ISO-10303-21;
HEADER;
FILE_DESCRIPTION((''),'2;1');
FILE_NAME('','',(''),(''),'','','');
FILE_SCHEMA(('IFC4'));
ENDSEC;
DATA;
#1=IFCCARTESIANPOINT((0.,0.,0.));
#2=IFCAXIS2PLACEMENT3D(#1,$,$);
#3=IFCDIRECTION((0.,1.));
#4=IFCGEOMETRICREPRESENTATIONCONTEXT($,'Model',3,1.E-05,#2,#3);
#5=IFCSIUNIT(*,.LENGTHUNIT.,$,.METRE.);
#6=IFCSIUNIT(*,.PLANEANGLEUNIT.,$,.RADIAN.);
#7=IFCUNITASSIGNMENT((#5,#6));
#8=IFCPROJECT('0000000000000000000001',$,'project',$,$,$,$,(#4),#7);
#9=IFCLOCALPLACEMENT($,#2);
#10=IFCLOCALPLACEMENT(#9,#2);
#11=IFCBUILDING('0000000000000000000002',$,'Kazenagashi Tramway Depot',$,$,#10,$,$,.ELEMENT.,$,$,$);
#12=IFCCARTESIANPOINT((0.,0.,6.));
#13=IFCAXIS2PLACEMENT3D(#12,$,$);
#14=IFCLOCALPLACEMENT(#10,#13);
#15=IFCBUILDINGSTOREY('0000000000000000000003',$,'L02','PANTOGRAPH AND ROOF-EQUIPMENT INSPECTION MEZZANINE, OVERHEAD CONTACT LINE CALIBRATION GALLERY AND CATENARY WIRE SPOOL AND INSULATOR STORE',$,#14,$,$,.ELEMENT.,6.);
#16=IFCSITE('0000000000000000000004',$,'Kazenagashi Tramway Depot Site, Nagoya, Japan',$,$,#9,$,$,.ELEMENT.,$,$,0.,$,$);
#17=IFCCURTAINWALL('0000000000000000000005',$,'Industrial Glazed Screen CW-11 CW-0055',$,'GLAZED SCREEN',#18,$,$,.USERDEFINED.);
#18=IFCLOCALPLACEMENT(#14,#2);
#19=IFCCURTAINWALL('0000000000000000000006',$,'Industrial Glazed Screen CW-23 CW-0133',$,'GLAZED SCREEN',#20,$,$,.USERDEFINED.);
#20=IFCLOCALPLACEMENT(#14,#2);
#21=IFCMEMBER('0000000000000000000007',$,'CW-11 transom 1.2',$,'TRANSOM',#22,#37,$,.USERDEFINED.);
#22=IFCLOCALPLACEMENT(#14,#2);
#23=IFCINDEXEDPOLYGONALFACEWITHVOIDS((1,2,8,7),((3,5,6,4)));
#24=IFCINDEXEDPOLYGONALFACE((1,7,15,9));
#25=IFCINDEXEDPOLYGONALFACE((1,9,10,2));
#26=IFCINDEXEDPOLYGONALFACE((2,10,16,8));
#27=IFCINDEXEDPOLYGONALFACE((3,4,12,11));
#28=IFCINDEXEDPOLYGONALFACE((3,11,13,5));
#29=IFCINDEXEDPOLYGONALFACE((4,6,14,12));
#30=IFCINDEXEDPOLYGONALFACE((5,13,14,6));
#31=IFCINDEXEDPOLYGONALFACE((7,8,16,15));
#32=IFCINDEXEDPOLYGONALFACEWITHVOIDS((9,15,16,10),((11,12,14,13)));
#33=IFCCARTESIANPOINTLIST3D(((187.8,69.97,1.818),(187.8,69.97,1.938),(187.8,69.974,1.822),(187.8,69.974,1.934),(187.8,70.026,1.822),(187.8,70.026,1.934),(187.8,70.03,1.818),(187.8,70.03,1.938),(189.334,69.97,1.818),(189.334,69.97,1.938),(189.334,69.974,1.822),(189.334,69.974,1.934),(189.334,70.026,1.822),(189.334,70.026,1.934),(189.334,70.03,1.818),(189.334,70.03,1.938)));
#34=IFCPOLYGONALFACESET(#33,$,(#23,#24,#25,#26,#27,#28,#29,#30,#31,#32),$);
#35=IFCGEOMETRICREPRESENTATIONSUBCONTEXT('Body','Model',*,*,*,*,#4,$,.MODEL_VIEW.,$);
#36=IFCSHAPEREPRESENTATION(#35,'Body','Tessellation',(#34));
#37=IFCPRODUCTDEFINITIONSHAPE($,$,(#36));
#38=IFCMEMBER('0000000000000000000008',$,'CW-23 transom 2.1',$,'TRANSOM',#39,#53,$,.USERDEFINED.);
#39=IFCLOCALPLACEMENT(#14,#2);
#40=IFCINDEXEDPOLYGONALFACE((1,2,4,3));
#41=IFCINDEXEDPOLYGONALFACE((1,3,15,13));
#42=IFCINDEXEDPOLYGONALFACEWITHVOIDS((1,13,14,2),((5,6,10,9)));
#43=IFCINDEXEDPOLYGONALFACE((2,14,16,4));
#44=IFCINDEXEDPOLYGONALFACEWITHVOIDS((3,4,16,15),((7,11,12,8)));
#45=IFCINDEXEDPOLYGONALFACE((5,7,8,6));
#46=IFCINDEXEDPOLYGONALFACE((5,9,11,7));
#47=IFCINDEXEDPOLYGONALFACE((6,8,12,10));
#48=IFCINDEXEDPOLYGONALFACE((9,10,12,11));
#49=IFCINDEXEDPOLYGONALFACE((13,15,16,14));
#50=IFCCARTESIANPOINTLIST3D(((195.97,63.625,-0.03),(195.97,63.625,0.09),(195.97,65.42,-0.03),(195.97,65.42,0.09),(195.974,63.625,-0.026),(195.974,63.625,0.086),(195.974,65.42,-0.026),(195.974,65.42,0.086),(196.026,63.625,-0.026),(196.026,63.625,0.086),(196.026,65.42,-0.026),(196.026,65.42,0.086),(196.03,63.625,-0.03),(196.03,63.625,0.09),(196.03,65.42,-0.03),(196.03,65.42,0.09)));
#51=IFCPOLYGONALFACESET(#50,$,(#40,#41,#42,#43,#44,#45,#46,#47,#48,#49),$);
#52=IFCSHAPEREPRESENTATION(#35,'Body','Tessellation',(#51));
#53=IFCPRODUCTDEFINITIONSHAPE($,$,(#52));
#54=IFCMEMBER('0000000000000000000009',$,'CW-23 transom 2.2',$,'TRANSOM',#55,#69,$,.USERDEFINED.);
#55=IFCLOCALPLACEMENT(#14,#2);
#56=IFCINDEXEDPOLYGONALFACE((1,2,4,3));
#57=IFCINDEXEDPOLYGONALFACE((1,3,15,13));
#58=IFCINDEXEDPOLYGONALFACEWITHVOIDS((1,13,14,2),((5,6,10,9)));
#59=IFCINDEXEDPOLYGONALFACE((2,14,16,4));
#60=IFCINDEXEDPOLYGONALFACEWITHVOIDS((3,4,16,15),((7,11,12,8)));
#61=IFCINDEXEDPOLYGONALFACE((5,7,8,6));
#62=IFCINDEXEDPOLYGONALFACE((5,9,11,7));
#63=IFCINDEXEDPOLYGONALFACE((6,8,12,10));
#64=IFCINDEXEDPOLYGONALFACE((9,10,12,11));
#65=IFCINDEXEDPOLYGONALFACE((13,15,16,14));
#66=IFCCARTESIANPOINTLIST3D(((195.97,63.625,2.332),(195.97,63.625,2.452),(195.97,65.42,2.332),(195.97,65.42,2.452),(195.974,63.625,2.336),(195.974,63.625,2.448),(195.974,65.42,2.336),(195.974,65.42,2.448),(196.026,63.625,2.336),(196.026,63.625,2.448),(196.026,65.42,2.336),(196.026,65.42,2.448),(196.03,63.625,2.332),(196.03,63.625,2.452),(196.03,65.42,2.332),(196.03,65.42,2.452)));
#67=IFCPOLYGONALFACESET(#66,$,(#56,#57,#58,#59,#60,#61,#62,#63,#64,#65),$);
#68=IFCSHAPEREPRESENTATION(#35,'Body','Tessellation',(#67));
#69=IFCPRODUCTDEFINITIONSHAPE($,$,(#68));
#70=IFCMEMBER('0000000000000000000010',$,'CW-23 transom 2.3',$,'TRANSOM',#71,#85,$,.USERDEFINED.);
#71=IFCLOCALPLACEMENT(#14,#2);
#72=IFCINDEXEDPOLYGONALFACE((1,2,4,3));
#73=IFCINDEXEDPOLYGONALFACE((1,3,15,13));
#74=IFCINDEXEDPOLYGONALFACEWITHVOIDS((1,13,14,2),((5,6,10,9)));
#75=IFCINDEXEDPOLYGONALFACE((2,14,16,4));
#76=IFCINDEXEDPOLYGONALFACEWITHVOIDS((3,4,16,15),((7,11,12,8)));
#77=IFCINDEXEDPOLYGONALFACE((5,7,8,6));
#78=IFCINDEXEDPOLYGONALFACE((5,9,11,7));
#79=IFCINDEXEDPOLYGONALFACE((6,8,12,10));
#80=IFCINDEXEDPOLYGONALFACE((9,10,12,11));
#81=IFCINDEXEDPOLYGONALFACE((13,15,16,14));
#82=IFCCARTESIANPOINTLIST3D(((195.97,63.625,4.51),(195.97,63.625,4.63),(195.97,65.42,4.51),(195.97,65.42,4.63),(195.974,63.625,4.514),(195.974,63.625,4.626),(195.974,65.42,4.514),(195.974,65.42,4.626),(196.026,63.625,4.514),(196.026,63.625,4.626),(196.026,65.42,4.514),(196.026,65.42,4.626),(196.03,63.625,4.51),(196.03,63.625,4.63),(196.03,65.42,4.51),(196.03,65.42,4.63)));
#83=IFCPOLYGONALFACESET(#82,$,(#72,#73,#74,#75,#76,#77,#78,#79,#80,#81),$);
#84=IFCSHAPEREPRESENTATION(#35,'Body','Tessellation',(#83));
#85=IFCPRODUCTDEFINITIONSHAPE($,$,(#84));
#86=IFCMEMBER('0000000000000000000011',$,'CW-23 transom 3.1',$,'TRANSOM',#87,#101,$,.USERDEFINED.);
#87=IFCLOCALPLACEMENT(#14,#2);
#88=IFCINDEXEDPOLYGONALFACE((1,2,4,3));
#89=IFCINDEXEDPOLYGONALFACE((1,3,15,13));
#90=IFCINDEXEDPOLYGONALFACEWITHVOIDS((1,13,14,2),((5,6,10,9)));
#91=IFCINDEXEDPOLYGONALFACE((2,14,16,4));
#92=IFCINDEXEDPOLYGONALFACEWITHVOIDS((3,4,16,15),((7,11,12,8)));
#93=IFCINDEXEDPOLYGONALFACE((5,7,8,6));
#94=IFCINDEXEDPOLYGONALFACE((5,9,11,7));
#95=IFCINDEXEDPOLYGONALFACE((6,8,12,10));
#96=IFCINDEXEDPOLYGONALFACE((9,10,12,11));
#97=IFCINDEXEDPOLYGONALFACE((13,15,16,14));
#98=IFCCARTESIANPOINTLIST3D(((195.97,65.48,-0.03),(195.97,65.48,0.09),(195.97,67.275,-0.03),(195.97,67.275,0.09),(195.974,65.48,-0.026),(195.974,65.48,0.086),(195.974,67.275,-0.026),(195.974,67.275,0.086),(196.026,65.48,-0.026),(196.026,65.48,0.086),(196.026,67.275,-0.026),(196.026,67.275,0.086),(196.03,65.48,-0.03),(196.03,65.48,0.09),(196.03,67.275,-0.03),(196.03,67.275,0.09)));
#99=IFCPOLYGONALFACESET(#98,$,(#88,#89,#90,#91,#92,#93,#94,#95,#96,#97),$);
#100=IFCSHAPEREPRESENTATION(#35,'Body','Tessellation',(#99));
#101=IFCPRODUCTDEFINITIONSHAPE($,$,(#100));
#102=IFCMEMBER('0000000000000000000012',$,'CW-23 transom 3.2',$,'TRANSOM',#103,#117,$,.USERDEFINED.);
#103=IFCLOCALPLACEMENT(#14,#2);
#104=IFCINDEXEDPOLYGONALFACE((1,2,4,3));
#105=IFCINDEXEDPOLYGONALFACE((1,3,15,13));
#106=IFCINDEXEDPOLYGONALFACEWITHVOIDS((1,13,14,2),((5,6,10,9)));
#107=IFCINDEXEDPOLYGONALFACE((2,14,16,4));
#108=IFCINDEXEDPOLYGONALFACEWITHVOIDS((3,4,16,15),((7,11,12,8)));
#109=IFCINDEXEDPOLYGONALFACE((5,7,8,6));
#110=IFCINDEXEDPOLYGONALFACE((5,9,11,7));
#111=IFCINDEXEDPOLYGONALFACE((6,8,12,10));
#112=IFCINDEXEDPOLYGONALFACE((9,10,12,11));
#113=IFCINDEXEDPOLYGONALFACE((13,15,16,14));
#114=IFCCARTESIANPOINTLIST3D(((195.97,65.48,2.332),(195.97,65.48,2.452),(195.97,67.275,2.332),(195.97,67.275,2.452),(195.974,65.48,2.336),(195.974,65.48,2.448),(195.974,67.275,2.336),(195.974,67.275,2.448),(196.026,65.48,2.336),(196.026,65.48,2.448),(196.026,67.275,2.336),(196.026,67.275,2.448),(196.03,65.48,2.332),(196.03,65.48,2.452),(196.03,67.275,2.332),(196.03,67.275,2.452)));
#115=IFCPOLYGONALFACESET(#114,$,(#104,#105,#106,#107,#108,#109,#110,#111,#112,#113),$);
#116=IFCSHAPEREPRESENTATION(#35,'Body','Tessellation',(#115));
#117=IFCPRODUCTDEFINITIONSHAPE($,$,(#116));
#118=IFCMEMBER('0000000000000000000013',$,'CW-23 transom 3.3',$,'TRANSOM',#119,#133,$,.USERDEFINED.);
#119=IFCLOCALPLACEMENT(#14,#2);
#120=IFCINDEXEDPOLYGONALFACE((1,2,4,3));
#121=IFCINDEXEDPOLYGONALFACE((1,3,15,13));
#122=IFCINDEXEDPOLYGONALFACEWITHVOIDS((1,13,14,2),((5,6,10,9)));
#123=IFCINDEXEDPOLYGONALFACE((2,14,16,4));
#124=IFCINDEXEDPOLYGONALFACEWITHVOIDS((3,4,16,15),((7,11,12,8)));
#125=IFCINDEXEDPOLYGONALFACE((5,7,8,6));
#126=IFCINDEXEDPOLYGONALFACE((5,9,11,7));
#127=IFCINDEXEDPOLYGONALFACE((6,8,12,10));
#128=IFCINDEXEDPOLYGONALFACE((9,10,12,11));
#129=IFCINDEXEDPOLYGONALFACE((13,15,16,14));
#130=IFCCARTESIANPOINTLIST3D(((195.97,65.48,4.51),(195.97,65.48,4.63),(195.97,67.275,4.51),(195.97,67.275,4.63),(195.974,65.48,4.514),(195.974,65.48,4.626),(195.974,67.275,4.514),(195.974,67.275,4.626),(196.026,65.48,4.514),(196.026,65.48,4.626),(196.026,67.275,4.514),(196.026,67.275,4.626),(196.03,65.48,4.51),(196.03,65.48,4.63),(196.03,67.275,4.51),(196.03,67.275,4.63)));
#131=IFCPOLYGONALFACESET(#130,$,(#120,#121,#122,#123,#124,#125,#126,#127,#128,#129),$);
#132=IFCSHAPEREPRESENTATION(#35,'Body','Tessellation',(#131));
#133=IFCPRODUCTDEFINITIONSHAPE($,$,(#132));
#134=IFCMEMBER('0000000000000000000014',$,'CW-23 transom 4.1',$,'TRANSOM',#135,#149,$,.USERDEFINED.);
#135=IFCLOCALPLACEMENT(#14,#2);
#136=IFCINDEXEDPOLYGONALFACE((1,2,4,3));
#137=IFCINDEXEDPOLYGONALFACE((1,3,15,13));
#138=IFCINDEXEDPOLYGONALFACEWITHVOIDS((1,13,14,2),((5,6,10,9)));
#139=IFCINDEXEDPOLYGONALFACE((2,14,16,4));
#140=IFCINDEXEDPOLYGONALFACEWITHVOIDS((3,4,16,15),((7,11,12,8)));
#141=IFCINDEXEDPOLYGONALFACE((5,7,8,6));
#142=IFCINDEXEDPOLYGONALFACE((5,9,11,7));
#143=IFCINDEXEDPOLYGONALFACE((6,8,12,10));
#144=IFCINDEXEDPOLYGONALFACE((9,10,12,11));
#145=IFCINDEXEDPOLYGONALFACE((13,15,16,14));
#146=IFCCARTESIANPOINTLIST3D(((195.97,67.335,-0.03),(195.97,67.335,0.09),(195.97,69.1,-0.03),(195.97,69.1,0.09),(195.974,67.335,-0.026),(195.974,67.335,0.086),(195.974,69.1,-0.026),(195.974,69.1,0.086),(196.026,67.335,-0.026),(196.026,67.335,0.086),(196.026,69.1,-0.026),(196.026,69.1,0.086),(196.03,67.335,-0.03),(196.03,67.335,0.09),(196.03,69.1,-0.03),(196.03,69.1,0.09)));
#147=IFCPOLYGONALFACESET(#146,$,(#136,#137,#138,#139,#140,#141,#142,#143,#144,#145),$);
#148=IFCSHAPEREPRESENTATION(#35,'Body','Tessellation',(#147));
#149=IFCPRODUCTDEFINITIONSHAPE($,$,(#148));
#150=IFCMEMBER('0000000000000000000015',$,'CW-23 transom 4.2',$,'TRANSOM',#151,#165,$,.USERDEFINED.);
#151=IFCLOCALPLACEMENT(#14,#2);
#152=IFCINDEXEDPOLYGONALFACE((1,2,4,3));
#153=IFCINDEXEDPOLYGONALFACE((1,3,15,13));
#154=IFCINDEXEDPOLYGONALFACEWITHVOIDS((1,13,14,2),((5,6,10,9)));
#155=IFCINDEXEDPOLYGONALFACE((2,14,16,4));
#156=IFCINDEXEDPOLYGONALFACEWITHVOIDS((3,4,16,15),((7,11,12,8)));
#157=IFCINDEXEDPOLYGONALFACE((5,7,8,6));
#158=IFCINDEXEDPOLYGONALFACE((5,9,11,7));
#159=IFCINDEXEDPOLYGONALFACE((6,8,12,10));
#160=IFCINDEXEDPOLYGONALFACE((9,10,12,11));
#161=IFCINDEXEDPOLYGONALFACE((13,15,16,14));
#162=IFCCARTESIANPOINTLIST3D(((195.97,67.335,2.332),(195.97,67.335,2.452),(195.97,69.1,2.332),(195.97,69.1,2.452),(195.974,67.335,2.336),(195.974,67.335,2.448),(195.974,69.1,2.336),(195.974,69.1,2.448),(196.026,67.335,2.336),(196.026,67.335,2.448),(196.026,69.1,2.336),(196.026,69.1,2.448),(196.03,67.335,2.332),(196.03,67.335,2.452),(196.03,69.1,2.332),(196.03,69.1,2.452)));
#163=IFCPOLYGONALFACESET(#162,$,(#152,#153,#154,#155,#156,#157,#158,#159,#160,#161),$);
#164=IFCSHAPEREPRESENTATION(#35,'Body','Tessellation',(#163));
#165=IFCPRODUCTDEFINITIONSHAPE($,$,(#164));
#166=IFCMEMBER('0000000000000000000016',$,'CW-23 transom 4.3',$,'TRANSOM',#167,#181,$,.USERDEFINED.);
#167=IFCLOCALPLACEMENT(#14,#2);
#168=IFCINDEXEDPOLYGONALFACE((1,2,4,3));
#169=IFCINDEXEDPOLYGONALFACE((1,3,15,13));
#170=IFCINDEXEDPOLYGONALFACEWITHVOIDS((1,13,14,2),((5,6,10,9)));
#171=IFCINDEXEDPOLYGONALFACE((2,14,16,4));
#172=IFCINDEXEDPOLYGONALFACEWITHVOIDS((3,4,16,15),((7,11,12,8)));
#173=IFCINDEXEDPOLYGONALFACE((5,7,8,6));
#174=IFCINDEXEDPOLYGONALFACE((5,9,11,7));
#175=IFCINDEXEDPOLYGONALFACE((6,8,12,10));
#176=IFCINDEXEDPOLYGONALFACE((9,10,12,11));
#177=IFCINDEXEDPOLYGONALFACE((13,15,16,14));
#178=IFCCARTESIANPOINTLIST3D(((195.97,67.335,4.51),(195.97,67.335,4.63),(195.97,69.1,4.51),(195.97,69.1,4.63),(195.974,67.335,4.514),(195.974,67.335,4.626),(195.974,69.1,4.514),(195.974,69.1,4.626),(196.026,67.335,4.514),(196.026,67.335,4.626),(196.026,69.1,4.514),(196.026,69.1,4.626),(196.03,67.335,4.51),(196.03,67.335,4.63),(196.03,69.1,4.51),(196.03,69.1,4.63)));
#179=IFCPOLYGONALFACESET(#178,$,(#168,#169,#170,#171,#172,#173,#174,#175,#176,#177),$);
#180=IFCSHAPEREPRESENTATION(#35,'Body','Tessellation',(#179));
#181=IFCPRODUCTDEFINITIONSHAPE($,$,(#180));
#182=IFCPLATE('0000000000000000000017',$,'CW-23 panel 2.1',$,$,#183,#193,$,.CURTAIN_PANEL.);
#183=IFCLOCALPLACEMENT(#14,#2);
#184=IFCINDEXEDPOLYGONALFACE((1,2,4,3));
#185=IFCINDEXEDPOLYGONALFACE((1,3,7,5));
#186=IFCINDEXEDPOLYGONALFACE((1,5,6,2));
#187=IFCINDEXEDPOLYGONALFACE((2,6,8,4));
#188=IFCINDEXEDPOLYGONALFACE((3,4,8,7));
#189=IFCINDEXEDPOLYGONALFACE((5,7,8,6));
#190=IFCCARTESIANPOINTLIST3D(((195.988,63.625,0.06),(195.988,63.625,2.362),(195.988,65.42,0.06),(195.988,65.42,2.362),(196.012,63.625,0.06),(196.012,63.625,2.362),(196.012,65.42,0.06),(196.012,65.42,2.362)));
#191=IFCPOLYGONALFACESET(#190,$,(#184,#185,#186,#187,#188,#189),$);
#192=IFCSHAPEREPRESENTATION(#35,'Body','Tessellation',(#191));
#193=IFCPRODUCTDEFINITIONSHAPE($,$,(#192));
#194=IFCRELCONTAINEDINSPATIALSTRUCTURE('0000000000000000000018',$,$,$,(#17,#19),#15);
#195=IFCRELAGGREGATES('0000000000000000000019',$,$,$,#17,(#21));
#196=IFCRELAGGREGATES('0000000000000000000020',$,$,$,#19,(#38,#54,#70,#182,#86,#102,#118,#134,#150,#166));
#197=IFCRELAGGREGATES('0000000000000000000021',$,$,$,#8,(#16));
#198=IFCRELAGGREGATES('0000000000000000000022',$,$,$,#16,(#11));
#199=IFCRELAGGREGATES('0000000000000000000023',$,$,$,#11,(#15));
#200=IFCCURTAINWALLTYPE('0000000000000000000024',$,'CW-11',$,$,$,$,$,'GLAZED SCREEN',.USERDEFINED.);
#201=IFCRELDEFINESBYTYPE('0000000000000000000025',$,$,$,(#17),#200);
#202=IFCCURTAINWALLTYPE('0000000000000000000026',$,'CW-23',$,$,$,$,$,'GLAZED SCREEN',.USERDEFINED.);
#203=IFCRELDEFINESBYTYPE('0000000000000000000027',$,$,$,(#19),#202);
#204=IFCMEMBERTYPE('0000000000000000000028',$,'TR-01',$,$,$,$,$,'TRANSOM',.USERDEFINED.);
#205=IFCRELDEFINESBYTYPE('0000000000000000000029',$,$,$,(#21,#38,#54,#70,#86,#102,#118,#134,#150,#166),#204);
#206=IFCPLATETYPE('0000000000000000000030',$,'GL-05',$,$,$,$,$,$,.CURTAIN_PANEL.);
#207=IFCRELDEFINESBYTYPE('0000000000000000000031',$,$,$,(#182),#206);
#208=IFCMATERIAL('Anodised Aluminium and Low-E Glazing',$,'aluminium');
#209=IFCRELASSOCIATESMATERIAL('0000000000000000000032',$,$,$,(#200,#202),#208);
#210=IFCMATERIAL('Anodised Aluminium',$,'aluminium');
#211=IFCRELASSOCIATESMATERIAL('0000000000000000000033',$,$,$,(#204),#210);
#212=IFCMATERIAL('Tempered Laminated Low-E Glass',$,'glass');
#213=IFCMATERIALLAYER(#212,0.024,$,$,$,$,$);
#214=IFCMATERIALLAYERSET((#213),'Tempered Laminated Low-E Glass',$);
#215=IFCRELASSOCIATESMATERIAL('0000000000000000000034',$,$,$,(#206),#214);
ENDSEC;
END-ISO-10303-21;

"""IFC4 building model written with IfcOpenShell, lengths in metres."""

from ifc_helpers import new_model, si_unit, direction, frame, origin, origin_2d, place, context, subcontext, project, spatial, rectangle, hollow_rectangle, extrude, material, layer, layer_set, material_profile, profile_set, type_object, element, aggregate, save


model = new_model("IFC4")

# Units and contexts
model_context = context("Model", 3, precision=1e-05, world=origin(), true_north=direction((0.0, 1.0)))
body_context = subcontext(model_context, "Body", "Model", "MODEL_VIEW")
ifc_project = project(units=[si_unit("LENGTHUNIT", "METRE"), si_unit("PLANEANGLEUNIT", "RADIAN")], contexts=[model_context])

# Site, building, storey
site_placement = place(None, origin())
site = spatial("IfcSite", under=ifc_project, at=site_placement, Name="Kazenagashi Tramway Depot Site, Nagoya, Japan", CompositionType="ELEMENT", RefElevation=0.0)
building_placement = place(site_placement, origin())
building = spatial("IfcBuilding", under=site, at=building_placement, Name="Kazenagashi Tramway Depot", CompositionType="ELEMENT")
storey_placement = place(building_placement, frame((0.0, 0.0, 6.0)))
storey = spatial("IfcBuildingStorey", under=building, at=storey_placement, Name="L02", Description="PANTOGRAPH AND ROOF-EQUIPMENT INSPECTION MEZZANINE, OVERHEAD CONTACT LINE CALIBRATION GALLERY AND CATENARY WIRE SPOOL AND INSULATOR STORE", CompositionType="ELEMENT", Elevation=6.0)

# Curtain wall
ifc_material_1 = material(Name="Anodised Aluminium and Low-E Glazing", Category="aluminium")
curtain_wall_type_1 = type_object("IfcCurtainWallType", Name="CW-11", ElementType="GLAZED SCREEN", PredefinedType="USERDEFINED", material=ifc_material_1)
curtain_wall_1_placement = place(storey_placement, origin())
curtain_wall_1 = element("IfcCurtainWall", 1, at=curtain_wall_1_placement, inside=storey, type_object=curtain_wall_type_1, Name="Industrial Glazed Screen CW-11 CW-0055", ObjectType="GLAZED SCREEN", PredefinedType="USERDEFINED")
ifc_material_2 = material(Name="Anodised Aluminium", Category="aluminium")

# Curtain wall
curtain_wall_type_2 = type_object("IfcCurtainWallType", Name="CW-23", ElementType="GLAZED SCREEN", PredefinedType="USERDEFINED", material=ifc_material_1)
curtain_wall_2_placement = place(storey_placement, origin())
curtain_wall_2 = element("IfcCurtainWall", 2, at=curtain_wall_2_placement, inside=storey, type_object=curtain_wall_type_2, Name="Industrial Glazed Screen CW-23 CW-0133", ObjectType="GLAZED SCREEN", PredefinedType="USERDEFINED")

# Members
ifc_material_profile_1 = material_profile(ifc_material_2, hollow_rectangle(XDim=0.06, YDim=0.12, WallThickness=0.004, at=origin_2d()), Name="RHS-120x60x4")
ifc_profile_set_1 = profile_set([ifc_material_profile_1], Name="Anodised Aluminium")
member_type_1 = type_object("IfcMemberType", Name="TR-01", ElementType="TRANSOM", PredefinedType="USERDEFINED", material=ifc_profile_set_1)
member_1_placement = place(storey_placement, frame((187.8, 70.0, 1.878), z_axis=(1.0, 0.0, 0.0), x_axis=(0.0, 1.0, 0.0)))
member_1 = element("IfcMember", 3, at=member_1_placement, type_object=member_type_1, Name="CW-11 transom 1.2", ObjectType="TRANSOM", PredefinedType="USERDEFINED", context=body_context, shape_type="SweptSolid", body=[
    extrude(hollow_rectangle(XDim=0.06, YDim=0.12, WallThickness=0.004, at=origin_2d()), origin(), (0.0, 0.0, 1.0), 1.534),
])
aggregate(curtain_wall_1, [member_1])
member_2_placement = place(storey_placement, frame((196.0, 63.625, 0.03), z_axis=(0.0, 1.0, 0.0), x_axis=(-1.0, 0.0, 0.0)))
member_2 = element("IfcMember", 4, at=member_2_placement, type_object=member_type_1, Name="CW-23 transom 2.1", ObjectType="TRANSOM", PredefinedType="USERDEFINED", context=body_context, shape_type="SweptSolid", body=[
    extrude(hollow_rectangle(XDim=0.06, YDim=0.12, WallThickness=0.004, at=origin_2d()), origin(), (0.0, 0.0, 1.0), 1.795),
])
member_3_placement = place(storey_placement, frame((196.0, 63.625, 2.392), z_axis=(0.0, 1.0, 0.0), x_axis=(-1.0, 0.0, 0.0)))
member_3 = element("IfcMember", 5, at=member_3_placement, type_object=member_type_1, Name="CW-23 transom 2.2", ObjectType="TRANSOM", PredefinedType="USERDEFINED", context=body_context, shape_type="SweptSolid", body=[
    extrude(hollow_rectangle(XDim=0.06, YDim=0.12, WallThickness=0.004, at=origin_2d()), origin(), (0.0, 0.0, 1.0), 1.795),
])
member_4_placement = place(storey_placement, frame((196.0, 63.625, 4.57), z_axis=(0.0, 1.0, 0.0), x_axis=(-1.0, 0.0, 0.0)))
member_4 = element("IfcMember", 6, at=member_4_placement, type_object=member_type_1, Name="CW-23 transom 2.3", ObjectType="TRANSOM", PredefinedType="USERDEFINED", context=body_context, shape_type="SweptSolid", body=[
    extrude(hollow_rectangle(XDim=0.06, YDim=0.12, WallThickness=0.004, at=origin_2d()), origin(), (0.0, 0.0, 1.0), 1.795),
])
member_5_placement = place(storey_placement, frame((196.0, 65.48, 0.03), z_axis=(0.0, 1.0, 0.0), x_axis=(-1.0, 0.0, 0.0)))
member_5 = element("IfcMember", 7, at=member_5_placement, type_object=member_type_1, Name="CW-23 transom 3.1", ObjectType="TRANSOM", PredefinedType="USERDEFINED", context=body_context, shape_type="SweptSolid", body=[
    extrude(hollow_rectangle(XDim=0.06, YDim=0.12, WallThickness=0.004, at=origin_2d()), origin(), (0.0, 0.0, 1.0), 1.795),
])
member_6_placement = place(storey_placement, frame((196.0, 65.48, 2.392), z_axis=(0.0, 1.0, 0.0), x_axis=(-1.0, 0.0, 0.0)))
member_6 = element("IfcMember", 8, at=member_6_placement, type_object=member_type_1, Name="CW-23 transom 3.2", ObjectType="TRANSOM", PredefinedType="USERDEFINED", context=body_context, shape_type="SweptSolid", body=[
    extrude(hollow_rectangle(XDim=0.06, YDim=0.12, WallThickness=0.004, at=origin_2d()), origin(), (0.0, 0.0, 1.0), 1.795),
])
member_7_placement = place(storey_placement, frame((196.0, 65.48, 4.57), z_axis=(0.0, 1.0, 0.0), x_axis=(-1.0, 0.0, 0.0)))
member_7 = element("IfcMember", 9, at=member_7_placement, type_object=member_type_1, Name="CW-23 transom 3.3", ObjectType="TRANSOM", PredefinedType="USERDEFINED", context=body_context, shape_type="SweptSolid", body=[
    extrude(hollow_rectangle(XDim=0.06, YDim=0.12, WallThickness=0.004, at=origin_2d()), origin(), (0.0, 0.0, 1.0), 1.795),
])
member_8_placement = place(storey_placement, frame((196.0, 67.335, 0.03), z_axis=(0.0, 1.0, 0.0), x_axis=(-1.0, 0.0, 0.0)))
member_8 = element("IfcMember", 10, at=member_8_placement, type_object=member_type_1, Name="CW-23 transom 4.1", ObjectType="TRANSOM", PredefinedType="USERDEFINED", context=body_context, shape_type="SweptSolid", body=[
    extrude(hollow_rectangle(XDim=0.06, YDim=0.12, WallThickness=0.004, at=origin_2d()), origin(), (0.0, 0.0, 1.0), 1.765),
])
member_9_placement = place(storey_placement, frame((196.0, 67.335, 2.392), z_axis=(0.0, 1.0, 0.0), x_axis=(-1.0, 0.0, 0.0)))
member_9 = element("IfcMember", 11, at=member_9_placement, type_object=member_type_1, Name="CW-23 transom 4.2", ObjectType="TRANSOM", PredefinedType="USERDEFINED", context=body_context, shape_type="SweptSolid", body=[
    extrude(hollow_rectangle(XDim=0.06, YDim=0.12, WallThickness=0.004, at=origin_2d()), origin(), (0.0, 0.0, 1.0), 1.765),
])
member_10_placement = place(storey_placement, frame((196.0, 67.335, 4.57), z_axis=(0.0, 1.0, 0.0), x_axis=(-1.0, 0.0, 0.0)))
member_10 = element("IfcMember", 12, at=member_10_placement, type_object=member_type_1, Name="CW-23 transom 4.3", ObjectType="TRANSOM", PredefinedType="USERDEFINED", context=body_context, shape_type="SweptSolid", body=[
    extrude(hollow_rectangle(XDim=0.06, YDim=0.12, WallThickness=0.004, at=origin_2d()), origin(), (0.0, 0.0, 1.0), 1.765),
])

# Plate
ifc_material_3 = material(Name="Tempered Laminated Low-E Glass", Category="glass")
ifc_layer_1 = layer(ifc_material_3, 0.024)
ifc_layer_set_1 = layer_set([ifc_layer_1], Name="Tempered Laminated Low-E Glass")
plate_type = type_object("IfcPlateType", Name="GL-05", PredefinedType="CURTAIN_PANEL", material=ifc_layer_set_1)
plate_1_placement = place(storey_placement, frame((196.0, 64.5225, 0.06), z_axis=(0.0, 0.0, 1.0), x_axis=(0.0, 1.0, 0.0)))
plate_1 = element("IfcPlate", 13, at=plate_1_placement, type_object=plate_type, Name="CW-23 panel 2.1", PredefinedType="CURTAIN_PANEL", context=body_context, shape_type="SweptSolid", body=[
    extrude(rectangle(XDim=1.795, YDim=0.024, at=origin_2d()), origin(), (0.0, 0.0, 1.0), 2.302),
])
aggregate(curtain_wall_2, [member_2, member_3, member_4, plate_1, member_5, member_6, member_7, member_8, member_9, member_10])

save(model, "model.ifc")
